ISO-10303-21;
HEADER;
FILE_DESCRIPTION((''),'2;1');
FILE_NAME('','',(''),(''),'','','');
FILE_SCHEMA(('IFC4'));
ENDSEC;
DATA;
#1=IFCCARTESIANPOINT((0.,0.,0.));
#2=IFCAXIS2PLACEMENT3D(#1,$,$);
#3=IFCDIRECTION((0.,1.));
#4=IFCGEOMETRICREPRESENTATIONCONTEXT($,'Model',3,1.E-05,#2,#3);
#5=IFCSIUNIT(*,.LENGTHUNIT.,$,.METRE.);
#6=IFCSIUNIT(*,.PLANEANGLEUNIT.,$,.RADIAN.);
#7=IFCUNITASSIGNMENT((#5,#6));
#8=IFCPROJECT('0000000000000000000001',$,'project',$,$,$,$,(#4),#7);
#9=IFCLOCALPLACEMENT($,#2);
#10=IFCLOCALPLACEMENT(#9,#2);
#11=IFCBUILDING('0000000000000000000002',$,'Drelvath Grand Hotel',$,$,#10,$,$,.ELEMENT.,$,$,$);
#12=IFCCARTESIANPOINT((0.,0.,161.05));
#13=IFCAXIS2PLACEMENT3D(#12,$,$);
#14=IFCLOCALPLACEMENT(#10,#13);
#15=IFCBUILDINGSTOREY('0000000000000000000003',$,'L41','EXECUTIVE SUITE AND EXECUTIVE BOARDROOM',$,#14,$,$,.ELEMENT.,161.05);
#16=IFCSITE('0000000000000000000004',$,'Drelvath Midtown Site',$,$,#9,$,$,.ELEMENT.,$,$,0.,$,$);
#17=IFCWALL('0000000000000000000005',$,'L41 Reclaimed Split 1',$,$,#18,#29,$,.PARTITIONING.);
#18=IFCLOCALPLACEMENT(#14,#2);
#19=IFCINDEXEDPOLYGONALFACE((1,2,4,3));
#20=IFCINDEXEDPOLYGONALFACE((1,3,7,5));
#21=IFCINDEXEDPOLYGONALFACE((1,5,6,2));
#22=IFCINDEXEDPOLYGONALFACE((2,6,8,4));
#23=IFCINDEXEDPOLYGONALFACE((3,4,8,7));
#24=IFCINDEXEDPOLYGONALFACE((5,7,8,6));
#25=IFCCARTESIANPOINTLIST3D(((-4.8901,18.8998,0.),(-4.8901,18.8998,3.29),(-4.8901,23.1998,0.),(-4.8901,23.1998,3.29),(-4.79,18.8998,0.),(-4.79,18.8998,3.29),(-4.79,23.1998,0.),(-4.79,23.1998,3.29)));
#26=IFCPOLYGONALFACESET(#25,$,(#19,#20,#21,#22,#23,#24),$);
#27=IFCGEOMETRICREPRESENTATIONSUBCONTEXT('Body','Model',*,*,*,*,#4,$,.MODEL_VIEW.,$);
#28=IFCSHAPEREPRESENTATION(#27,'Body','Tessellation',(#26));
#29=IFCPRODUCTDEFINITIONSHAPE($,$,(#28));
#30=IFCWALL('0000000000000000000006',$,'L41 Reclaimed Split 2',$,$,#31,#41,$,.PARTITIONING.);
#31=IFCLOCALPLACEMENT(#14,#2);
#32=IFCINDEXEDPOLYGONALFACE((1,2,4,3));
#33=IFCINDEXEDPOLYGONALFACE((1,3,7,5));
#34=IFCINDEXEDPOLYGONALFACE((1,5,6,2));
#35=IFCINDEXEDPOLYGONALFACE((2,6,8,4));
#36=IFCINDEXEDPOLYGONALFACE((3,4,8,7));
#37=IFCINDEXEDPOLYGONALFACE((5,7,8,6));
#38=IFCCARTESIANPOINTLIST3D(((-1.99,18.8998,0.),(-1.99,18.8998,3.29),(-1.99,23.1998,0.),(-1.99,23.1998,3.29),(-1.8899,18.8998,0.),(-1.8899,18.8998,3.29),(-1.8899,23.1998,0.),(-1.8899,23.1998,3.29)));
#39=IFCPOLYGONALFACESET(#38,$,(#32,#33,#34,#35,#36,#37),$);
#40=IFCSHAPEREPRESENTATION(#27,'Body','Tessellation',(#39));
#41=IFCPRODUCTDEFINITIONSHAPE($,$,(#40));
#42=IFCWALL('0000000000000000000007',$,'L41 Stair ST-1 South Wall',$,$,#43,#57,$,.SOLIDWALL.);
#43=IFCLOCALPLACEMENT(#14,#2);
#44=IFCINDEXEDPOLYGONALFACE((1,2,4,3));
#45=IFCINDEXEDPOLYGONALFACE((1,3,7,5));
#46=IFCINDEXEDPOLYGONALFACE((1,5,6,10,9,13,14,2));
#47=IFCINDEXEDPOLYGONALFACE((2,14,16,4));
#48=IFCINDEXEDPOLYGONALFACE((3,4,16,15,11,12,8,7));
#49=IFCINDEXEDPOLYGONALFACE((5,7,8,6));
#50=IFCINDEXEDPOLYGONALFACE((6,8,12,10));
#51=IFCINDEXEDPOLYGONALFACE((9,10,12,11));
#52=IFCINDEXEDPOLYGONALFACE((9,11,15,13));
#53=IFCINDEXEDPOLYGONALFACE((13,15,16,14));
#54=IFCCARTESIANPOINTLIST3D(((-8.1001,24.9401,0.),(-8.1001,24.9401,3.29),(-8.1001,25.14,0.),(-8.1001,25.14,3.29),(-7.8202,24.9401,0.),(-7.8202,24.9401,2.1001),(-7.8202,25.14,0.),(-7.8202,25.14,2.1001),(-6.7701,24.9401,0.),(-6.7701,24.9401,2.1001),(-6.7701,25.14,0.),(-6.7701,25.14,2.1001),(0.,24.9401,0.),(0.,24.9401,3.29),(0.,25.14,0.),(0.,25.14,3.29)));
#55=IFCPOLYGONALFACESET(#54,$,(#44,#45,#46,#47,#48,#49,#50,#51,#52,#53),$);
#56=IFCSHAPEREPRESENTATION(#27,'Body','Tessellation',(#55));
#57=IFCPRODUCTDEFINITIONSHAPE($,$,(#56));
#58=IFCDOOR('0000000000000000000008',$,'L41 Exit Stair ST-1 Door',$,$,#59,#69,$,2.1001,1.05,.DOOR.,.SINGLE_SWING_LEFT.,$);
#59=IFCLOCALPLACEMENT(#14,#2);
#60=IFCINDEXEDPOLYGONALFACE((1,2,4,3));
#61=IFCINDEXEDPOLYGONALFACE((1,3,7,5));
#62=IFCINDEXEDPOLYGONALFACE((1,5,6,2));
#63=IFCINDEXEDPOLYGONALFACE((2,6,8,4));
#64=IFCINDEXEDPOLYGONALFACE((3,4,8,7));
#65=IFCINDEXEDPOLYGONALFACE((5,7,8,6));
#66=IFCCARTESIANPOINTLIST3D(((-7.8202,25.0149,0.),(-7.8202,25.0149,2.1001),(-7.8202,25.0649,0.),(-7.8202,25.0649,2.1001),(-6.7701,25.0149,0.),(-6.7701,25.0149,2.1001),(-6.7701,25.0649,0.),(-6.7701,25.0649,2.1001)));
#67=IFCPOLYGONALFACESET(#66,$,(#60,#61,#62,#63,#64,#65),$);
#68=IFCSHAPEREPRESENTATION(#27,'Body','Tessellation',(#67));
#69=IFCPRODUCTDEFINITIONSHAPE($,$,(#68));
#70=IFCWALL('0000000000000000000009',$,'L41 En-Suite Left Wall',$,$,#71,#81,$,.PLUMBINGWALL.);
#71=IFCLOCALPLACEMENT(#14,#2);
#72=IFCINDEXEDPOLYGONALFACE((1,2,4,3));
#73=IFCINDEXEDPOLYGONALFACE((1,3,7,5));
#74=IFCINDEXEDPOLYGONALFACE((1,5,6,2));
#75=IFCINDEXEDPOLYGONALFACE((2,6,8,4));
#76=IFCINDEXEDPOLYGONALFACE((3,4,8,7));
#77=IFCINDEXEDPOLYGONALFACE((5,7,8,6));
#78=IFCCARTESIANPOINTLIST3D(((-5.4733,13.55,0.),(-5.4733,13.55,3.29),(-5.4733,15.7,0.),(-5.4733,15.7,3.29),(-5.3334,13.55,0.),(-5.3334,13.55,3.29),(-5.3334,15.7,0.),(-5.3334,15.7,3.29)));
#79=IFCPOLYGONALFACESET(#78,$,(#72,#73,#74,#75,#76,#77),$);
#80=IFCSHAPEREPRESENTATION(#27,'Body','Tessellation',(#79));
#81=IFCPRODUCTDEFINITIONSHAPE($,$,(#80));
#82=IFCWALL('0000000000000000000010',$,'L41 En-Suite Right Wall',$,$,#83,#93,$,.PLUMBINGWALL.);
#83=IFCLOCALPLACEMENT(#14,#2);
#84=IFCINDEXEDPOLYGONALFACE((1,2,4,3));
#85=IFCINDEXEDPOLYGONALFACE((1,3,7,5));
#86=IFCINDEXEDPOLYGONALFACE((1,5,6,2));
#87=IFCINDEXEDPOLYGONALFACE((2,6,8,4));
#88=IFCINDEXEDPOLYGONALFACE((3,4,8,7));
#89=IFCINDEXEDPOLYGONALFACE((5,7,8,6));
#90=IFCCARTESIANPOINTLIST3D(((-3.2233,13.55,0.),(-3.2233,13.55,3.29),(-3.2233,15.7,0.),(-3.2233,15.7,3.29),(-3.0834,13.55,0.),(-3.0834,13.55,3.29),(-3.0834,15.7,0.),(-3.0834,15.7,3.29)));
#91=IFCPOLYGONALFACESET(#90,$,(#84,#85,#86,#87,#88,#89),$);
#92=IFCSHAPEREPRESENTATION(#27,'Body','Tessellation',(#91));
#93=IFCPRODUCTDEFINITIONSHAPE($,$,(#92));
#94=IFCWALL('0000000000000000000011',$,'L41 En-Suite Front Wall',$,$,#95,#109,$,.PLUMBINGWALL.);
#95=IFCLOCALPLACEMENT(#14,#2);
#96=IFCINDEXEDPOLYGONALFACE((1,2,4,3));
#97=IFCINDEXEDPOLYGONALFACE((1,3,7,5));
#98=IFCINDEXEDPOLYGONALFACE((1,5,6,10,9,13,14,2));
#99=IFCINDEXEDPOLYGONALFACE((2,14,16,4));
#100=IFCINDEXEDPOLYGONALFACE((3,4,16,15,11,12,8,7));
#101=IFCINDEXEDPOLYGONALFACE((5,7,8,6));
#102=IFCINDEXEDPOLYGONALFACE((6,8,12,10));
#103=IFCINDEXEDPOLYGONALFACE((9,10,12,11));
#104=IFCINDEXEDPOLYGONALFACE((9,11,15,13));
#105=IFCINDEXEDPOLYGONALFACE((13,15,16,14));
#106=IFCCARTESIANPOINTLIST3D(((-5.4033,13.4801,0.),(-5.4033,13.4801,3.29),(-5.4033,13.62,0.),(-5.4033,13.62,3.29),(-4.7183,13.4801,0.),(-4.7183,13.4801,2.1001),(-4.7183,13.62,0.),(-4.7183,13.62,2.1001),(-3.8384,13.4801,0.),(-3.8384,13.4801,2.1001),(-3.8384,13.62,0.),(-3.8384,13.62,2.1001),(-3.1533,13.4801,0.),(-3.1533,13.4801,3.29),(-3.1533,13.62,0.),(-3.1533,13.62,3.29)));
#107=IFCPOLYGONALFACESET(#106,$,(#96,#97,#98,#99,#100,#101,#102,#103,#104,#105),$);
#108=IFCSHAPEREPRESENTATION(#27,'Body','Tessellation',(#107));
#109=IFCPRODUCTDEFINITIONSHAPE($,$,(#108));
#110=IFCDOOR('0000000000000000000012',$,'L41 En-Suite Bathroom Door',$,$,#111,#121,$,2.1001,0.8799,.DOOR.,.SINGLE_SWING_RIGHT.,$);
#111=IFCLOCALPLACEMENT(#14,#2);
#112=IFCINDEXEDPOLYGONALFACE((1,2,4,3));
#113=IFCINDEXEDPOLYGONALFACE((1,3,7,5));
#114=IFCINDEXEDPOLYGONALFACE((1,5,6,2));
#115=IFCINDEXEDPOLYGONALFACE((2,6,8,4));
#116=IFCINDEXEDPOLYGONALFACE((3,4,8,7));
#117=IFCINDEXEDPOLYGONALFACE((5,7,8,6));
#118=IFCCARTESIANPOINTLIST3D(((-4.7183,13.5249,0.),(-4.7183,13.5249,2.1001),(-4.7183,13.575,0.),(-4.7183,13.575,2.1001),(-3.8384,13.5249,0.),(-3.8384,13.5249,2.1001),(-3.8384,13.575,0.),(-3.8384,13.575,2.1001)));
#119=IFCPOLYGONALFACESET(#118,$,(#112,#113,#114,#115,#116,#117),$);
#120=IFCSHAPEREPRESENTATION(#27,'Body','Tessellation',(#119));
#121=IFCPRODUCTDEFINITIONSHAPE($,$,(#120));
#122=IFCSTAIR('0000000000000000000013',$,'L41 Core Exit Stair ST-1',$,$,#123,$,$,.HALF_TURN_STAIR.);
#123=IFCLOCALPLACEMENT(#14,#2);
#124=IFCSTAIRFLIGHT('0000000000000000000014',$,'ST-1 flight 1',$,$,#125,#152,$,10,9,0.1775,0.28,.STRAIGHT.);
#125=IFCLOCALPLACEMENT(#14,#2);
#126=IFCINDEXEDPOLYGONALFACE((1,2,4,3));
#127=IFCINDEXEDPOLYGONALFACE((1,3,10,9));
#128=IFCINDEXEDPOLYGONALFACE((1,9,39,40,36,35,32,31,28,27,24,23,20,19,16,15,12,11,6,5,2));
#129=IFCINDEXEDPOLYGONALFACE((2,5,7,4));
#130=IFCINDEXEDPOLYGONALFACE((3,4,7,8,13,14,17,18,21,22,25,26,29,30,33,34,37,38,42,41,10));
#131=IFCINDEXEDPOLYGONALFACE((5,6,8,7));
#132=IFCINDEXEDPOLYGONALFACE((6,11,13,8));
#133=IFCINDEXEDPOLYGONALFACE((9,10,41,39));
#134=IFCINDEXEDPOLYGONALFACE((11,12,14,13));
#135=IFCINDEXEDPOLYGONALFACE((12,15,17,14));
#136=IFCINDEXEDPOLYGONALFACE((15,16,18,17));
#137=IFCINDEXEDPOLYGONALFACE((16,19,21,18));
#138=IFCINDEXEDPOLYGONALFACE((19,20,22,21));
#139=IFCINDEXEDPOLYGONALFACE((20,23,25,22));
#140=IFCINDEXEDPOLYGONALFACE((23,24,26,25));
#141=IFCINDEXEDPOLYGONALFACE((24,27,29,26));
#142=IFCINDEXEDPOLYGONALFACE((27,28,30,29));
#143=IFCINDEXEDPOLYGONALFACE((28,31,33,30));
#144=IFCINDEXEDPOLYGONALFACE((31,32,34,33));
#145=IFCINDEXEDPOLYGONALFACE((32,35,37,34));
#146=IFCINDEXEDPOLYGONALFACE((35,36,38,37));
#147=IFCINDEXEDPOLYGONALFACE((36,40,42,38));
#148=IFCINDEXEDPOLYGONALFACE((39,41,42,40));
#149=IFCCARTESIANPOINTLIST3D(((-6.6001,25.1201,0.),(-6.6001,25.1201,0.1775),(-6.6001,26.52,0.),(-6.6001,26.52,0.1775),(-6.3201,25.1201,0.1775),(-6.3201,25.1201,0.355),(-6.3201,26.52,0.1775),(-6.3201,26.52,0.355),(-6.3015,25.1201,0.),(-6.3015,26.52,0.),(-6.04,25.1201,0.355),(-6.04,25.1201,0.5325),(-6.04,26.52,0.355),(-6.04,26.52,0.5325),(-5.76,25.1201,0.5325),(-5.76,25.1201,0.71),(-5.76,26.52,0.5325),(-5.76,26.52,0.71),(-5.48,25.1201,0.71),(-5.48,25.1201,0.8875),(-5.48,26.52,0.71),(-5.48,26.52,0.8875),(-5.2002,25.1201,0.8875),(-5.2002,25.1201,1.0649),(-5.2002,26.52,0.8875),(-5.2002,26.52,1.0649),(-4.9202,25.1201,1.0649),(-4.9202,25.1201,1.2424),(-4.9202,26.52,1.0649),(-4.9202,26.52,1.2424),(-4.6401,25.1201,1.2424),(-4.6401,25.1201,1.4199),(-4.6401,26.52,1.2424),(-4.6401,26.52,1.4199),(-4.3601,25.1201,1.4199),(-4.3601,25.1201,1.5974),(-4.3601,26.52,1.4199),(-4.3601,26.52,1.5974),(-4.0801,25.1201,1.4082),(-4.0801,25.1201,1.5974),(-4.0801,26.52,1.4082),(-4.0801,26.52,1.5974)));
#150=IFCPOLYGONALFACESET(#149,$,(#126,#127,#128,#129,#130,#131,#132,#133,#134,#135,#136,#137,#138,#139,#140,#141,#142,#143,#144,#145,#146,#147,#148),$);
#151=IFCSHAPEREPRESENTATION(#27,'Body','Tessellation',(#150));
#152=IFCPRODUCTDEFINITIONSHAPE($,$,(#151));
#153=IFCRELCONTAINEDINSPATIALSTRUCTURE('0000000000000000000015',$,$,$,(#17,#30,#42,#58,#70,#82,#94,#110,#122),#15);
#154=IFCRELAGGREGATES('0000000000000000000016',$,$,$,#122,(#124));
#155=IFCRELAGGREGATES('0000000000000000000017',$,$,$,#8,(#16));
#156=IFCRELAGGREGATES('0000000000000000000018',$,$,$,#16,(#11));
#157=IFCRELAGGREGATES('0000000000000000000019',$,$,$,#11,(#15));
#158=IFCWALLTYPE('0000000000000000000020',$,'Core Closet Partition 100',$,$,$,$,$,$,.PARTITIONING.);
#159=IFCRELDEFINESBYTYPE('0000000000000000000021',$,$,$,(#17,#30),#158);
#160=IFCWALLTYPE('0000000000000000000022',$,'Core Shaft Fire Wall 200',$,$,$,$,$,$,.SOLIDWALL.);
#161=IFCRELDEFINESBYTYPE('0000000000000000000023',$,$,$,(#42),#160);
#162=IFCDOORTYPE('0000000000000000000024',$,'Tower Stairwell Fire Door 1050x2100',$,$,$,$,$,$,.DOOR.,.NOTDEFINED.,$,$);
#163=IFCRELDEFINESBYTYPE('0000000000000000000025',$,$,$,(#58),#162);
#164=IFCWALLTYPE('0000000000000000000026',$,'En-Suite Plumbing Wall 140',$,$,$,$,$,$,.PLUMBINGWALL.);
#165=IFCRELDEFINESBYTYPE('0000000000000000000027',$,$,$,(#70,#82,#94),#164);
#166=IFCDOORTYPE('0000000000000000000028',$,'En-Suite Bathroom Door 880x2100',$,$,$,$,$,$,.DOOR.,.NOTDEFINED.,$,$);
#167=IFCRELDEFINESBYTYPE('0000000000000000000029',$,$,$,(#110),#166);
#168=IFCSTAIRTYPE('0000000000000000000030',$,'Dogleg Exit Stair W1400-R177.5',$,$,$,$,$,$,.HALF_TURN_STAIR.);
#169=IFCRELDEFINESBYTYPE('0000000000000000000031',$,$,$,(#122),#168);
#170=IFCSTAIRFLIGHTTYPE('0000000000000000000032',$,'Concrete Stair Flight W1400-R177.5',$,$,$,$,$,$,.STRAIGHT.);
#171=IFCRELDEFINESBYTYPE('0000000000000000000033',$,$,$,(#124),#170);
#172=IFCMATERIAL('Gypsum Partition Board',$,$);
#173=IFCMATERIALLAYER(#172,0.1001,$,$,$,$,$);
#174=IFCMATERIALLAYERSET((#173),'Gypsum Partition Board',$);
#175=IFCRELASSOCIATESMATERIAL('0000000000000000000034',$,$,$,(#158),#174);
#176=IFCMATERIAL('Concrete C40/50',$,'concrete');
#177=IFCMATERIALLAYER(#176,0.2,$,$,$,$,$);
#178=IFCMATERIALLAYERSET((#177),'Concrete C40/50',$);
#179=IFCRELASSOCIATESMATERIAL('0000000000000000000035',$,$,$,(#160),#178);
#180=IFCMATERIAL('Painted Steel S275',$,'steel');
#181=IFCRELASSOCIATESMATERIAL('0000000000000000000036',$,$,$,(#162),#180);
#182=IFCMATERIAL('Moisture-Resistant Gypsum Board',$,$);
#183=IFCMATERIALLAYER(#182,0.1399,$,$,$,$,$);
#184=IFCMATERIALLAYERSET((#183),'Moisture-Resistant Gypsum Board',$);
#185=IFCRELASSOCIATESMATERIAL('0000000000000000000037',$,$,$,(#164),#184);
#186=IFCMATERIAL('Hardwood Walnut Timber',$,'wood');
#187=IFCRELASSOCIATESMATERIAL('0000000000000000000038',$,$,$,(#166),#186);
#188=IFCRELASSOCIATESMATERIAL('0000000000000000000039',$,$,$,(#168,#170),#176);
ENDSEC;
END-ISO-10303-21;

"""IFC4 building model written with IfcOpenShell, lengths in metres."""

from ifc_helpers import new_model, si_unit, direction, frame, frame_2d, origin, place, context, subcontext, project, spatial, polyline, rectangle, outline, extrude, material, layer, layer_set, type_object, element, fill, aggregate, save


model = new_model("IFC4")

# Units and contexts
model_context = context("Model", 3, precision=1e-05, world=origin(), true_north=direction((0.0, 1.0)))
body_context = subcontext(model_context, "Body", "Model", "MODEL_VIEW")
ifc_project = project(units=[si_unit("LENGTHUNIT", "METRE"), si_unit("PLANEANGLEUNIT", "RADIAN")], contexts=[model_context])

# Site, building, storey
site_placement = place(None, origin())
site = spatial("IfcSite", under=ifc_project, at=site_placement, Name="Drelvath Midtown Site", CompositionType="ELEMENT", RefElevation=0.0)
building_placement = place(site_placement, origin())
building = spatial("IfcBuilding", under=site, at=building_placement, Name="Drelvath Grand Hotel", CompositionType="ELEMENT")
storey_placement = place(building_placement, frame((0.0, 0.0, 161.05)))
storey = spatial("IfcBuildingStorey", under=building, at=storey_placement, Name="L41", Description="EXECUTIVE SUITE AND EXECUTIVE BOARDROOM", CompositionType="ELEMENT", Elevation=161.05)

# Walls
ifc_material_1 = material(Name="Gypsum Partition Board")
ifc_layer_1 = layer(ifc_material_1, 0.1001)
ifc_layer_set_1 = layer_set([ifc_layer_1], Name="Gypsum Partition Board")
wall_type_1 = type_object("IfcWallType", Name="Core Closet Partition 100", PredefinedType="PARTITIONING", material=ifc_layer_set_1)
for number, where, z_axis, x_axis, name in (
    (1, (-4.8401, 18.8999, 0.0), (0.0, 0.0, 1.0), (0.0, 1.0, 0.0), "L41 Reclaimed Split 1"),
    (2, (-1.9399, 18.8999, 0.0), (0.0, 0.0, 1.0), (0.0, 1.0, 0.0), "L41 Reclaimed Split 2"),
):
    element("IfcWall", number, at=place(storey_placement, frame(where, z_axis=z_axis, x_axis=x_axis)), inside=storey, type_object=wall_type_1, Name=name, PredefinedType="PARTITIONING", context=body_context, shape_type="SweptSolid", body=[
        extrude(rectangle(XDim=4.3, YDim=0.1001, at=frame_2d((2.1499, 0.0))), origin(), (0.0, 0.0, 1.0), 3.29),
    ])

# Wall, opening, door
ifc_material_2 = material(Name="Concrete C40/50", Category="concrete")
ifc_layer_2 = layer(ifc_material_2, 0.2)
ifc_layer_set_2 = layer_set([ifc_layer_2], Name="Concrete C40/50")
wall_type_2 = type_object("IfcWallType", Name="Core Shaft Fire Wall 200", PredefinedType="SOLIDWALL", material=ifc_layer_set_2)
wall_1_placement = place(storey_placement, frame((-8.1001, 25.04, 0.0), z_axis=(0.0, 0.0, 1.0), x_axis=(1.0, 0.0, 0.0)))
wall_1 = element("IfcWall", 3, at=wall_1_placement, inside=storey, type_object=wall_type_2, Name="L41 Stair ST-1 South Wall", PredefinedType="SOLIDWALL", context=body_context, shape_type="SweptSolid", body=[
    extrude(rectangle(XDim=8.1001, YDim=0.2, at=frame_2d((4.05, 0.0))), origin(), (0.0, 0.0, 1.0), 3.29),
])
opening_1_placement = place(wall_1_placement, frame((0.28, 0.0, 0.0)))
opening_1 = element("IfcOpeningElement", 4, at=opening_1_placement, cuts=wall_1, PredefinedType="OPENING", context=body_context, shape_type="SweptSolid", body=[
    extrude(rectangle(XDim=1.05, YDim=2.1001, at=frame_2d((0.5249, 1.05))), frame((0.0, 0.1099, 0.0), z_axis=(0.0, -1.0, 0.0), x_axis=(1.0, 0.0, 0.0)), (0.0, 0.0, 1.0), 0.22),
])
ifc_material_3 = material(Name="Painted Steel S275", Category="steel")
door_type_1 = type_object("IfcDoorType", Name="Tower Stairwell Fire Door 1050x2100", OperationType="NOTDEFINED", PredefinedType="DOOR", material=ifc_material_3)
door_1_placement = place(opening_1_placement, origin())
door_1 = element("IfcDoor", 5, at=door_1_placement, inside=storey, type_object=door_type_1, Name="L41 Exit Stair ST-1 Door", OperationType="SINGLE_SWING_LEFT", OverallHeight=2.1001, OverallWidth=1.05, PredefinedType="DOOR", context=body_context, shape_type="SweptSolid", body=[
    extrude(rectangle(XDim=1.05, YDim=2.1001, at=frame_2d((0.5249, 1.05))), frame((0.0, 0.0249, 0.0), z_axis=(0.0, -1.0, 0.0), x_axis=(1.0, 0.0, 0.0)), (0.0, 0.0, 1.0), 0.05),
])
fill(opening_1, door_1)

# Walls
ifc_material_4 = material(Name="Moisture-Resistant Gypsum Board")
ifc_layer_3 = layer(ifc_material_4, 0.1399)
ifc_layer_set_3 = layer_set([ifc_layer_3], Name="Moisture-Resistant Gypsum Board")
wall_type_3 = type_object("IfcWallType", Name="En-Suite Plumbing Wall 140", PredefinedType="PLUMBINGWALL", material=ifc_layer_set_3)
for number, where, z_axis, x_axis, name in (
    (6, (-5.4033, 15.7, 0.0), (0.0, 0.0, 1.0), (0.0, -1.0, 0.0), "L41 En-Suite Left Wall"),
    (7, (-3.1533, 15.7, 0.0), (0.0, 0.0, 1.0), (0.0, -1.0, 0.0), "L41 En-Suite Right Wall"),
):
    element("IfcWall", number, at=place(storey_placement, frame(where, z_axis=z_axis, x_axis=x_axis)), inside=storey, type_object=wall_type_3, Name=name, PredefinedType="PLUMBINGWALL", context=body_context, shape_type="SweptSolid", body=[
        extrude(rectangle(XDim=2.1499, YDim=0.1399, at=frame_2d((1.075, 0.0))), origin(), (0.0, 0.0, 1.0), 3.29),
    ])

# Wall, opening, door
wall_2_placement = place(storey_placement, frame((-5.4033, 13.55, 0.0), z_axis=(0.0, 0.0, 1.0), x_axis=(1.0, 0.0, 0.0)))
wall_2 = element("IfcWall", 8, at=wall_2_placement, inside=storey, type_object=wall_type_3, Name="L41 En-Suite Front Wall", PredefinedType="PLUMBINGWALL", context=body_context, shape_type="SweptSolid", body=[
    extrude(rectangle(XDim=2.25, YDim=0.1399, at=frame_2d((1.125, 0.0))), origin(), (0.0, 0.0, 1.0), 3.29),
])
opening_2_placement = place(wall_2_placement, frame((0.6851, 0.0, 0.0)))
opening_2 = element("IfcOpeningElement", 9, at=opening_2_placement, cuts=wall_2, PredefinedType="OPENING", context=body_context, shape_type="SweptSolid", body=[
    extrude(rectangle(XDim=0.8799, YDim=2.1001, at=frame_2d((0.4399, 1.05))), frame((0.0, 0.0798, 0.0), z_axis=(0.0, -1.0, 0.0), x_axis=(1.0, 0.0, 0.0)), (0.0, 0.0, 1.0), 0.1599),
])
ifc_material_5 = material(Name="Hardwood Walnut Timber", Category="wood")
door_type_2 = type_object("IfcDoorType", Name="En-Suite Bathroom Door 880x2100", OperationType="NOTDEFINED", PredefinedType="DOOR", material=ifc_material_5)
door_2_placement = place(opening_2_placement, origin())
door_2 = element("IfcDoor", 10, at=door_2_placement, inside=storey, type_object=door_type_2, Name="L41 En-Suite Bathroom Door", OperationType="SINGLE_SWING_RIGHT", OverallHeight=2.1001, OverallWidth=0.8799, PredefinedType="DOOR", context=body_context, shape_type="SweptSolid", body=[
    extrude(rectangle(XDim=0.8799, YDim=2.1001, at=frame_2d((0.4399, 1.05))), frame((0.0, 0.0249, 0.0), z_axis=(0.0, -1.0, 0.0), x_axis=(1.0, 0.0, 0.0)), (0.0, 0.0, 1.0), 0.05),
])
fill(opening_2, door_2)

# Stair, stair flight
stair_type = type_object("IfcStairType", Name="Dogleg Exit Stair W1400-R177.5", PredefinedType="HALF_TURN_STAIR", material=ifc_material_2)
stair_placement = place(storey_placement, origin())
stair = element("IfcStair", 11, at=stair_placement, inside=storey, type_object=stair_type, Name="L41 Core Exit Stair ST-1", PredefinedType="HALF_TURN_STAIR")
stair_flight_type = type_object("IfcStairFlightType", Name="Concrete Stair Flight W1400-R177.5", PredefinedType="STRAIGHT", material=ifc_material_2)
stair_flight_placement = place(storey_placement, frame((-6.6001, 25.8201, 0.0), z_axis=(0.0, 0.0, 1.0), x_axis=(1.0, 0.0, 0.0)))
stair_flight = element("IfcStairFlight", 12, at=stair_flight_placement, type_object=stair_flight_type, Name="ST-1 flight 1", NumberOfRisers=10, NumberOfTreads=9, PredefinedType="STRAIGHT", RiserHeight=0.1775, TreadLength=0.28, context=body_context, shape_type="SweptSolid", body=[
    extrude(outline(polyline([(0.0, 0.0), (0.0, 0.1775), (0.28, 0.1775), (0.28, 0.355), (0.5601, 0.355), (0.5601, 0.5325), (0.8401, 0.5325), (0.8401, 0.71), (1.1201, 0.71), (1.1201, 0.8875), (1.3999, 0.8875), (1.3999, 1.0649), (1.6799, 1.0649), (1.6799, 1.2424), (1.96, 1.2424), (1.96, 1.4199), (2.24, 1.4199), (2.24, 1.5974), (2.52, 1.5974), (2.52, 1.7749), (2.52, 1.4082), (0.2986, 0.0), (0.0, 0.0)])), frame((0.0, 0.7, 0.0), z_axis=(0.0, -1.0, 0.0), x_axis=(1.0, 0.0, 0.0)), (0.0, 0.0, 1.0), 1.3999),
])
aggregate(stair, [stair_flight])

save(model, "model.ifc")
